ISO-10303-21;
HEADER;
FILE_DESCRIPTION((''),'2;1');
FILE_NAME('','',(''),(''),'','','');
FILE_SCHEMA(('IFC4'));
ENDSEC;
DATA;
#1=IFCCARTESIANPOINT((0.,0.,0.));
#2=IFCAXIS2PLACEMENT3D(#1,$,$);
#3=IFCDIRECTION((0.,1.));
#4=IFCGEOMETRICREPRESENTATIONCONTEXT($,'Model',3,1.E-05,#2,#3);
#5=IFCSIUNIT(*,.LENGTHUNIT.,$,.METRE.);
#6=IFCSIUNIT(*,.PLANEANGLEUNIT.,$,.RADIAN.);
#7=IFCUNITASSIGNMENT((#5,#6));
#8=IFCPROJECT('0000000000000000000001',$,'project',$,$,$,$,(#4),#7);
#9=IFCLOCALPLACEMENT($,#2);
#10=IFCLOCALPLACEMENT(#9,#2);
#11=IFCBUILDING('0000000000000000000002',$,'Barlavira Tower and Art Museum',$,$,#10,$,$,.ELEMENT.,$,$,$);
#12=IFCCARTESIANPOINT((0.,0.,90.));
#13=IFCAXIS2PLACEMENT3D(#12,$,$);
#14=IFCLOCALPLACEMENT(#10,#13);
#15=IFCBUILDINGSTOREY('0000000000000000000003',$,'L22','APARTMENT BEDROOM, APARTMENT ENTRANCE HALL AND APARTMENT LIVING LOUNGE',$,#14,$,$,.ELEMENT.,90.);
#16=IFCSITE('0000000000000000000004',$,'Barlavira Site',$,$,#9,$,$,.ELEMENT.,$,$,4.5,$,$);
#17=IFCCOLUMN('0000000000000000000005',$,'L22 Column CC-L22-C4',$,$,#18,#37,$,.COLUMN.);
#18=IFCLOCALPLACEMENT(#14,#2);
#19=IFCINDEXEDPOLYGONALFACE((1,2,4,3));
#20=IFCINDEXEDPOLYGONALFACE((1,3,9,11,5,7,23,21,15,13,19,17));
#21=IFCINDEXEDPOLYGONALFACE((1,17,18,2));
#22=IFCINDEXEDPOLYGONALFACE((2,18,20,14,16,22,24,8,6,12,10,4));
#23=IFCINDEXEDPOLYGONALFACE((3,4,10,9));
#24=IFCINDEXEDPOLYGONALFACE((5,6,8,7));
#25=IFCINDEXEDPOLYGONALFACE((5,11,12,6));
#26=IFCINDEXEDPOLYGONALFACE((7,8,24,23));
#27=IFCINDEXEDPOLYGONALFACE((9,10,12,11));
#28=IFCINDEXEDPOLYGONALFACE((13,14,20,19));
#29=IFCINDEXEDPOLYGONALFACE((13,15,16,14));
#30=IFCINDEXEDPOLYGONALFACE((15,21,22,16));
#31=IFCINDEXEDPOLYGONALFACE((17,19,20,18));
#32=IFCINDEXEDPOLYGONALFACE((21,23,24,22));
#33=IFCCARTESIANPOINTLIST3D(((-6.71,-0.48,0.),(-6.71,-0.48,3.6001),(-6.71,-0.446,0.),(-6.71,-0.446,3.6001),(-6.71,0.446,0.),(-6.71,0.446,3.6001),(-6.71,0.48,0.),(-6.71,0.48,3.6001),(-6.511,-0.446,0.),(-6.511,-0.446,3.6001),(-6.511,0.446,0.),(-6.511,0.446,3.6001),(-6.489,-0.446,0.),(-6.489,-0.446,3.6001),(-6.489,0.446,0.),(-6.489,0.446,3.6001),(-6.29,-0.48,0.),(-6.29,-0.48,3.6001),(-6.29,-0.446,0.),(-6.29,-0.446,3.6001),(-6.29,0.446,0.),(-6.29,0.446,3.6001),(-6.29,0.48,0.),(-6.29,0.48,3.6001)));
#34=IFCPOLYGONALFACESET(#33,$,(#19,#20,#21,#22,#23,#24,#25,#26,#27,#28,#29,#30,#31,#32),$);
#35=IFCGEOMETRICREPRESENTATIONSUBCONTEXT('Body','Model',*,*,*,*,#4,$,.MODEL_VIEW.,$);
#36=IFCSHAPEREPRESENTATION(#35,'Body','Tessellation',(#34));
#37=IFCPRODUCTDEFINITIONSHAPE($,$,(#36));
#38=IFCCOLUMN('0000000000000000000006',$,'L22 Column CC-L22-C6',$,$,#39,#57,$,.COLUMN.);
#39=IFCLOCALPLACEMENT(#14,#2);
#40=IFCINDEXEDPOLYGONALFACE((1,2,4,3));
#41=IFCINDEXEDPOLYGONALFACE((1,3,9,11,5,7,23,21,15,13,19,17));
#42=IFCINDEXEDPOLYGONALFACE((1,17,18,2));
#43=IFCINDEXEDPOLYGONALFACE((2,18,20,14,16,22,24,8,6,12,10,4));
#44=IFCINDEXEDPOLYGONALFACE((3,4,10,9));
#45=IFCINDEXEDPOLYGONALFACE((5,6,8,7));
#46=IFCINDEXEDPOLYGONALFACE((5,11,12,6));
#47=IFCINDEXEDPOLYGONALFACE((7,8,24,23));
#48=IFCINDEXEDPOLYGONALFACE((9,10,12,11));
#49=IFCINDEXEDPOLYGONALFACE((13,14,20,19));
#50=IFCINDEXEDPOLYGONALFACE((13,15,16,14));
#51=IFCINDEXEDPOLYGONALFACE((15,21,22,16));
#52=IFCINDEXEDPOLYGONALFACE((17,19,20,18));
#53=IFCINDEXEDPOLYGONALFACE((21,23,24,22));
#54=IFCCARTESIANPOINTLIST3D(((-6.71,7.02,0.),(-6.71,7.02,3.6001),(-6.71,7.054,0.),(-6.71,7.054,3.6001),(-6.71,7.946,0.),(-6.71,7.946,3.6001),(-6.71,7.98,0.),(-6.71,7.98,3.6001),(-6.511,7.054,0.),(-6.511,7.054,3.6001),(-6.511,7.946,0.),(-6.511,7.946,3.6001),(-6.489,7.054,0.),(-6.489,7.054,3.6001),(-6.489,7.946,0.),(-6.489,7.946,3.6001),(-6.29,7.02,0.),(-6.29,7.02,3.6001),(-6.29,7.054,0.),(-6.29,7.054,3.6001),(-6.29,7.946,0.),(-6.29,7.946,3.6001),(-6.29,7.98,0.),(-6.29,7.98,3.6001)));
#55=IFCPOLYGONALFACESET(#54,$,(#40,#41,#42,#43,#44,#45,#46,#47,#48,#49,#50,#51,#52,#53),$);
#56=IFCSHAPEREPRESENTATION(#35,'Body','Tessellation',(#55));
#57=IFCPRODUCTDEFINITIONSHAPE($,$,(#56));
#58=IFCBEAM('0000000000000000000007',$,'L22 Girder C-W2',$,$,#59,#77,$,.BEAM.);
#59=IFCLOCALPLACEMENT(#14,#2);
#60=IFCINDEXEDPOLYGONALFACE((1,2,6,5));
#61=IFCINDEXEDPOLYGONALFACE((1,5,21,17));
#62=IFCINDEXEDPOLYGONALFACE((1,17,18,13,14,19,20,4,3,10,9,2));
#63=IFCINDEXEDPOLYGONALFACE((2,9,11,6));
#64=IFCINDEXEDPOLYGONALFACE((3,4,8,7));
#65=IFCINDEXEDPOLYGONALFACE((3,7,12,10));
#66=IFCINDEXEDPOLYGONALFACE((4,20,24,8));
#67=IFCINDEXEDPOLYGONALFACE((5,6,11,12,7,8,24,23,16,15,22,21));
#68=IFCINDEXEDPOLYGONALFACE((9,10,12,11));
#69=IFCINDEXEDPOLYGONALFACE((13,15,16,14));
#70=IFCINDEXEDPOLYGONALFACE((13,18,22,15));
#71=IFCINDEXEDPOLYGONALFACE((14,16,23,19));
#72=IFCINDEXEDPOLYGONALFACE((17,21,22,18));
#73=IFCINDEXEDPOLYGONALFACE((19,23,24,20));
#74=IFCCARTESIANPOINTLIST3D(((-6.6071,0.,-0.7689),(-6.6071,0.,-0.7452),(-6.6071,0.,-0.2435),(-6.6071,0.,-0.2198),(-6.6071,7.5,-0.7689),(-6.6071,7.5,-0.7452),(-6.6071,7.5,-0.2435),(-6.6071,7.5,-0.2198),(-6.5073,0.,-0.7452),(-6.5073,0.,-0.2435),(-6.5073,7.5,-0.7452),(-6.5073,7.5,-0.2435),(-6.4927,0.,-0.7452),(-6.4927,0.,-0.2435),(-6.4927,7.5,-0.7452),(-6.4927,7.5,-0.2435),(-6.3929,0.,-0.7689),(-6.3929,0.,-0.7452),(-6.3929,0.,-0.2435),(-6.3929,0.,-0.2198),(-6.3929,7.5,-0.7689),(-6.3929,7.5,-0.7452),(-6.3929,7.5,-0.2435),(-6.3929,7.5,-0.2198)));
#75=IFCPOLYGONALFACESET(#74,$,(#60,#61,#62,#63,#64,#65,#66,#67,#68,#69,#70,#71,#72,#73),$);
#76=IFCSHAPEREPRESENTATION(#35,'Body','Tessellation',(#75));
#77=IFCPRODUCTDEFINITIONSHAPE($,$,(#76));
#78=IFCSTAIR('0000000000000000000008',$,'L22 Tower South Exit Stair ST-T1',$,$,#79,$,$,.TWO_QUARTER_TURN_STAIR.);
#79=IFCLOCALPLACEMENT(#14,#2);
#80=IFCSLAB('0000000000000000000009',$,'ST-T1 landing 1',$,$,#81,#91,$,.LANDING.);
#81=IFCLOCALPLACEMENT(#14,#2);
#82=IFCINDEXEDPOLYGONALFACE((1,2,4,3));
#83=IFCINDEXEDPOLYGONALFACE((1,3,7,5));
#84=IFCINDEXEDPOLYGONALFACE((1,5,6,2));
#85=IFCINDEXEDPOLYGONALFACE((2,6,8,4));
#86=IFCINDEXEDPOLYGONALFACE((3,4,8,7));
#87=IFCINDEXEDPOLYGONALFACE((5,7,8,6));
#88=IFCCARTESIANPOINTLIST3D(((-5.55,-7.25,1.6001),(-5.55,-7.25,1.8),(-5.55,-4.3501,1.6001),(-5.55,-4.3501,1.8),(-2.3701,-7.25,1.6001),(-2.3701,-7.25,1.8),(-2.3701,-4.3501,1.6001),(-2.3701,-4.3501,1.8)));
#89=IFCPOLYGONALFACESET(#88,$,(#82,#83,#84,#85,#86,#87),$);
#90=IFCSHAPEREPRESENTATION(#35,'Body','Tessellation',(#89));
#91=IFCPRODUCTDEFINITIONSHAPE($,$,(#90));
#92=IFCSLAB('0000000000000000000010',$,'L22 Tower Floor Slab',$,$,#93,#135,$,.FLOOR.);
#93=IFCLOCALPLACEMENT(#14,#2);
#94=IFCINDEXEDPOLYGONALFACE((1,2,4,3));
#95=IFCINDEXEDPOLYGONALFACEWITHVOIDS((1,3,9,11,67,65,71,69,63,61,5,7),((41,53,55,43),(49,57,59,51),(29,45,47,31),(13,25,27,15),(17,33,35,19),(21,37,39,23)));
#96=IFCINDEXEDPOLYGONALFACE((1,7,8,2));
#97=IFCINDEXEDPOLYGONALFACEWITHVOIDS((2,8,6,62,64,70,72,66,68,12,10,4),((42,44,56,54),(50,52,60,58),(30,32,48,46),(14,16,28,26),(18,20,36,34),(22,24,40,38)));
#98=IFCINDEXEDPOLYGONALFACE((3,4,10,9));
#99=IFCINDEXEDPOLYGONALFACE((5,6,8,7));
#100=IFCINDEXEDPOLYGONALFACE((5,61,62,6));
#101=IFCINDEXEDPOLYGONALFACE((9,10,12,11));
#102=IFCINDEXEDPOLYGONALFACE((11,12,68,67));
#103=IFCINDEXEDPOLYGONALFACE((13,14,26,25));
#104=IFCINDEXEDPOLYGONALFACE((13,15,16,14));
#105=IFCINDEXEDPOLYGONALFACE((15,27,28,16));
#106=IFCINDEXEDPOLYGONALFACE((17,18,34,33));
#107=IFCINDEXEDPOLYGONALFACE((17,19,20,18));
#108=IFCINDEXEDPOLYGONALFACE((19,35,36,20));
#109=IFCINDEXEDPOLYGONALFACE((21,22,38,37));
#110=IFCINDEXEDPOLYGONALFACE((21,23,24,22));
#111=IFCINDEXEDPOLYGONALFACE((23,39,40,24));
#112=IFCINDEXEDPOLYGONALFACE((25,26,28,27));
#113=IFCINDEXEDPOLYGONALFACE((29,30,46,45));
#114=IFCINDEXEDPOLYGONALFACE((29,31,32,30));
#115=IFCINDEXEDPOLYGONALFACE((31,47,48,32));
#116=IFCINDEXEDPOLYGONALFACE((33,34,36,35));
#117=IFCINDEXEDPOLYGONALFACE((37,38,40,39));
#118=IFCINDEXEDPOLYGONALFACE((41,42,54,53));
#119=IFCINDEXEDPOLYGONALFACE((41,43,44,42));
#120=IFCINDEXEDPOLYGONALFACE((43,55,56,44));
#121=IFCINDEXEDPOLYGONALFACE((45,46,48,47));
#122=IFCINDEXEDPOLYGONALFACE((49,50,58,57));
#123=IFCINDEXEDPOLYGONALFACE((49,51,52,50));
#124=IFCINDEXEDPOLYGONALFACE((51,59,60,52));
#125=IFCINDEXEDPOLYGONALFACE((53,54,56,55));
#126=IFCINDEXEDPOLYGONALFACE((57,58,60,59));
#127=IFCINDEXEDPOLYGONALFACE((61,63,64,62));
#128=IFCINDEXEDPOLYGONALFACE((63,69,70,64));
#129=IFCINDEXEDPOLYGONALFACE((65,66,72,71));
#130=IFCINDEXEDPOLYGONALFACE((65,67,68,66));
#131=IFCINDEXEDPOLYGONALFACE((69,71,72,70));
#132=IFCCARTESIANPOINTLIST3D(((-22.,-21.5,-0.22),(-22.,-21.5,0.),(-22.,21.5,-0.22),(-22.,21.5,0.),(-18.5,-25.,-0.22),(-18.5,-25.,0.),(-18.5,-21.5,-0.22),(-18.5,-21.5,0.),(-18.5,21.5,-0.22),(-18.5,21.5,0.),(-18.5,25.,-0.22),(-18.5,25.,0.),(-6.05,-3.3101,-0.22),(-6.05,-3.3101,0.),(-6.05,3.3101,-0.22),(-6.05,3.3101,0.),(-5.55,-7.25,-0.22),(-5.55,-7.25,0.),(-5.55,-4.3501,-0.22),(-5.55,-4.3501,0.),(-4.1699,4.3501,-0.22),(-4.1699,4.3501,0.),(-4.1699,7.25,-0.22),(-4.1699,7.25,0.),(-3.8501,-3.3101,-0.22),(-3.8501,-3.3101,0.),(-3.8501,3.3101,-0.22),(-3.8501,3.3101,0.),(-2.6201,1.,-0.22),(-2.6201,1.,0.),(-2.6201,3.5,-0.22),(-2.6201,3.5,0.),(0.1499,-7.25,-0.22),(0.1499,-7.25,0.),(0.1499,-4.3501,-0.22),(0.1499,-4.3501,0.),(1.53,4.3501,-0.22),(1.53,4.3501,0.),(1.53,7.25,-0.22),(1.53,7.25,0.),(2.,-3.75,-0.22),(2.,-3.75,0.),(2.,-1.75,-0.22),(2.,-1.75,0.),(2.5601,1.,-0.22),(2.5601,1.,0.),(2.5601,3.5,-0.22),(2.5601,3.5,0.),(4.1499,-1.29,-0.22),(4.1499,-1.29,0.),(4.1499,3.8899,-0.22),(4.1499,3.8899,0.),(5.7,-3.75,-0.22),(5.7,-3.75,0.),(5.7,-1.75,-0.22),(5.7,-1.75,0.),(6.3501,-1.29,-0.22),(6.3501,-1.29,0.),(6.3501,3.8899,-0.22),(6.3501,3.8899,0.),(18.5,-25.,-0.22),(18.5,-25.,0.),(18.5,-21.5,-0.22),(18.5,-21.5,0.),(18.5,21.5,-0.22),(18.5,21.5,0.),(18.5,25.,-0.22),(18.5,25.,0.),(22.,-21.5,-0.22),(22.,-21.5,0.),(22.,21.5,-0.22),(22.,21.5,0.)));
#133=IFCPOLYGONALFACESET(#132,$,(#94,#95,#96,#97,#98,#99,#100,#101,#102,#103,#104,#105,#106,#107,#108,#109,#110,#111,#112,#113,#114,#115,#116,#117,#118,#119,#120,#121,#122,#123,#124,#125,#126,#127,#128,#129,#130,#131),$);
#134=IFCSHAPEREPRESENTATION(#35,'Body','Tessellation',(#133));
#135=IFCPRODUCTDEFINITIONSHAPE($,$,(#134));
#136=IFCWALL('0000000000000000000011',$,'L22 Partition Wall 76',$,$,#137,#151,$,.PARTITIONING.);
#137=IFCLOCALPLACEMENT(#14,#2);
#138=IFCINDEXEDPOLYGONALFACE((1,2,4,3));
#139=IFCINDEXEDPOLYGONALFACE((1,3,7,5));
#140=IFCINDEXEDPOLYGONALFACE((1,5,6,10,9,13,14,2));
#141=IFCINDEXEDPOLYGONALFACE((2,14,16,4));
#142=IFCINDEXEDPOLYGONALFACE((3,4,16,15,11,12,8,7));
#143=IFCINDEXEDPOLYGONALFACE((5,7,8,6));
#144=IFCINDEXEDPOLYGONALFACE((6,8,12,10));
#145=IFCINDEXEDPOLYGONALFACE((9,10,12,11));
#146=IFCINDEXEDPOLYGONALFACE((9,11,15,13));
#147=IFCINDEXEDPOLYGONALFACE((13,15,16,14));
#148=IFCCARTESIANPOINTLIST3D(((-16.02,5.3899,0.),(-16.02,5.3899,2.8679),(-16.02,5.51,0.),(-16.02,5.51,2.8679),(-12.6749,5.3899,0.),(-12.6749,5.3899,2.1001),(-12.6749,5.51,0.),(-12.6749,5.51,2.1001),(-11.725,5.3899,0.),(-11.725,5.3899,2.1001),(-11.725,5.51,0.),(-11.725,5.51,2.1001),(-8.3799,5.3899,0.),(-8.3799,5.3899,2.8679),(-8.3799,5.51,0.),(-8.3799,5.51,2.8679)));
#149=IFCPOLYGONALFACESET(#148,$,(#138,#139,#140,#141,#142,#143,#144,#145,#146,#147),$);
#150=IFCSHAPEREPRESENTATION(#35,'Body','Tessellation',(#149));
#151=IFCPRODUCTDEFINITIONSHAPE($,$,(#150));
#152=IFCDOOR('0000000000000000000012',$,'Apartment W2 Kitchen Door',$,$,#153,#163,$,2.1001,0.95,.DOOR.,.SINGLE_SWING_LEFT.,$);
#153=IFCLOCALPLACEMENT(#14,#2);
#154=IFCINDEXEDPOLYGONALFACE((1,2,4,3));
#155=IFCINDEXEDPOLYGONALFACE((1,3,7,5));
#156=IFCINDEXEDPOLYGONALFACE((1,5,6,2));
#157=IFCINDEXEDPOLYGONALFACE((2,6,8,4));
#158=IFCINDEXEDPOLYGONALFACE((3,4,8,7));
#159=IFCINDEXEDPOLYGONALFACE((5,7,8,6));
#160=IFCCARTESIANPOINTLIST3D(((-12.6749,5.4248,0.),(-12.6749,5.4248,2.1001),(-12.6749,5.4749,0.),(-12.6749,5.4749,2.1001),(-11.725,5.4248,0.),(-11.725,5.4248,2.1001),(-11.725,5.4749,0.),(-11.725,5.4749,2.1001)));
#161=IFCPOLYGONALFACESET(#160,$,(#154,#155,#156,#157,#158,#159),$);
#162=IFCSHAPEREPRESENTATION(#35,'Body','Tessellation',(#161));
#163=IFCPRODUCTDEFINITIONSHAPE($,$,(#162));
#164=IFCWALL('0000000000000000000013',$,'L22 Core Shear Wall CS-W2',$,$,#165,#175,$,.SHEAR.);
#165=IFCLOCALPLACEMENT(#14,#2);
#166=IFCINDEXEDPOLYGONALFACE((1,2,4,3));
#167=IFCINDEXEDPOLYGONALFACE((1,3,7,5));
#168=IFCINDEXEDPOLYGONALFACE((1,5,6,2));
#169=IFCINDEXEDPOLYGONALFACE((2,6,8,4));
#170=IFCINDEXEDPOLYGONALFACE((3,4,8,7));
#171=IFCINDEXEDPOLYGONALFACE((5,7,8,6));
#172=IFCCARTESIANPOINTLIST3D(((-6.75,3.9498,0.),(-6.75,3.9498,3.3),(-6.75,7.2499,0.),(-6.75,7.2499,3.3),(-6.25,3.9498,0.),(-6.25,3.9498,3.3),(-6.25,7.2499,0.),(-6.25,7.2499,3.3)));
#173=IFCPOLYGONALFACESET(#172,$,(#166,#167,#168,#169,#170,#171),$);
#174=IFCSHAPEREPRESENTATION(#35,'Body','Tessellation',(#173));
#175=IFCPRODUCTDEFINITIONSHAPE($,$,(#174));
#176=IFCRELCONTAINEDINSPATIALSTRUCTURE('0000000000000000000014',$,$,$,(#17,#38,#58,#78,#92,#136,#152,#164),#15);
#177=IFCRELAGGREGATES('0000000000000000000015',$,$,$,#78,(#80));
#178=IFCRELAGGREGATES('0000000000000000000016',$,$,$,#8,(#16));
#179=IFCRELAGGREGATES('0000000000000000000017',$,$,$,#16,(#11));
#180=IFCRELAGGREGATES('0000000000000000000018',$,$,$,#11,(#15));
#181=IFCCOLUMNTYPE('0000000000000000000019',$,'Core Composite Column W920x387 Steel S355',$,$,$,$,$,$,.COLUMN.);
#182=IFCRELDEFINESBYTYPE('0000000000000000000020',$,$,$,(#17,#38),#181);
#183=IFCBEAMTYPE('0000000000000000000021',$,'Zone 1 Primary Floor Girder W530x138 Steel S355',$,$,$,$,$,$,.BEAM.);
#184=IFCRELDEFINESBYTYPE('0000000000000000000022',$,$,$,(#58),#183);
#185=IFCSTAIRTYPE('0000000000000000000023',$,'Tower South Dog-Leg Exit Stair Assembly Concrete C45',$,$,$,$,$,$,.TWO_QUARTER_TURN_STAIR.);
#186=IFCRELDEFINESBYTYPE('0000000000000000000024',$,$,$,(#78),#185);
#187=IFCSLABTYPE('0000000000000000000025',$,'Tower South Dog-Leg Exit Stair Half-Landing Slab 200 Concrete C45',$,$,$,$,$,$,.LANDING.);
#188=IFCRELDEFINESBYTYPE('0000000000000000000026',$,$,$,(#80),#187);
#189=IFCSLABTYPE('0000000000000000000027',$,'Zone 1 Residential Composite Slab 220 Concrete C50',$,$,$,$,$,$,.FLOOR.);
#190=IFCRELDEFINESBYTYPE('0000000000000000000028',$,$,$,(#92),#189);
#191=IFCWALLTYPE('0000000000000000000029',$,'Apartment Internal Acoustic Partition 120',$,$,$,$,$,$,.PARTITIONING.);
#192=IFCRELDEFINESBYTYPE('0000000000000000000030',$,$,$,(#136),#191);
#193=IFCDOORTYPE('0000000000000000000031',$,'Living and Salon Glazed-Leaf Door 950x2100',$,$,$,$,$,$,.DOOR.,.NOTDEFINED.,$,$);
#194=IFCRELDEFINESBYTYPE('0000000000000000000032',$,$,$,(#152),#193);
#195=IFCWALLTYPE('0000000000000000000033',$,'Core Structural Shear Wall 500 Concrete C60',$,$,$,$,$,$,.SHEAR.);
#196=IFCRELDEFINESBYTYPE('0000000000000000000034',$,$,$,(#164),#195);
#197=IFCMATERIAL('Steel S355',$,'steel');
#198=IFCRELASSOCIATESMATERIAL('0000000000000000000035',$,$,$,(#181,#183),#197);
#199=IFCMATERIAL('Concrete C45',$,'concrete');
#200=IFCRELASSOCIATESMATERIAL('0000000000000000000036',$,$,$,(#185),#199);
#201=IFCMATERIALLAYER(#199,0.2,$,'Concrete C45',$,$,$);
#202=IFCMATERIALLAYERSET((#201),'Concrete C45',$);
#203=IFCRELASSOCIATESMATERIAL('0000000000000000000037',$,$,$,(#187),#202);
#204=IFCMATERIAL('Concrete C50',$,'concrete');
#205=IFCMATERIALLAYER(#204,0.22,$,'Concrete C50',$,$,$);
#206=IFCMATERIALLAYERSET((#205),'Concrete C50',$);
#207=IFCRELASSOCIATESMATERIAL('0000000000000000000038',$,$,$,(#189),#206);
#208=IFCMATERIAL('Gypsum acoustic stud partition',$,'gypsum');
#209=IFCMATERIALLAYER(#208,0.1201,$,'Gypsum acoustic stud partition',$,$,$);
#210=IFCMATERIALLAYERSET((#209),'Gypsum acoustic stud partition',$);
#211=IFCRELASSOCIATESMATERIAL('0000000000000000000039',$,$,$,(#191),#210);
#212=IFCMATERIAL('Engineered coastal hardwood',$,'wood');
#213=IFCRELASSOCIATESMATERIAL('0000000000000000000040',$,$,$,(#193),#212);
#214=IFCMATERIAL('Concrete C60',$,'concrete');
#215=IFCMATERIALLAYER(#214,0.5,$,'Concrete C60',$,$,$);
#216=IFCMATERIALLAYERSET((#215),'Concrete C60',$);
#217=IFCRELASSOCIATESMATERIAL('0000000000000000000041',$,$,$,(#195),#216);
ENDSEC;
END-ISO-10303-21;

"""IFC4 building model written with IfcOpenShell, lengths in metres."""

from ifc_helpers import new_model, si_unit, direction, frame, frame_2d, origin, origin_2d, place, context, subcontext, project, spatial, polyline, rectangle, i_section, outline, extrude, material, layer, layer_set, material_profile, profile_set, type_object, element, fill, aggregate, save


model = new_model("IFC4")

# Units and contexts
model_context = context("Model", 3, precision=1e-05, world=origin(), true_north=direction((0.0, 1.0)))
body_context = subcontext(model_context, "Body", "Model", "MODEL_VIEW")
ifc_project = project(units=[si_unit("LENGTHUNIT", "METRE"), si_unit("PLANEANGLEUNIT", "RADIAN")], contexts=[model_context])

# Site, building, storey
site_placement = place(None, origin())
site = spatial("IfcSite", under=ifc_project, at=site_placement, Name="Barlavira Site", CompositionType="ELEMENT", RefElevation=4.5)
building_placement = place(site_placement, origin())
building = spatial("IfcBuilding", under=site, at=building_placement, Name="Barlavira Tower and Art Museum", CompositionType="ELEMENT")
storey_placement = place(building_placement, frame((0.0, 0.0, 90.0)))
storey = spatial("IfcBuildingStorey", under=building, at=storey_placement, Name="L22", Description="APARTMENT BEDROOM, APARTMENT ENTRANCE HALL AND APARTMENT LIVING LOUNGE", CompositionType="ELEMENT", Elevation=90.0)

# Columns
ifc_material_1 = material(Name="Steel S355", Category="steel")
ifc_material_profile_1 = material_profile(ifc_material_1, i_section(OverallWidth=0.4199, OverallDepth=0.96, WebThickness=0.022, FlangeThickness=0.0339, at=origin_2d()), Name="W920x387.0")
ifc_profile_set_1 = profile_set([ifc_material_profile_1], Name="Steel S355")
column_type = type_object("IfcColumnType", Name="Core Composite Column W920x387 Steel S355", PredefinedType="COLUMN", material=ifc_profile_set_1)
for number, where, z_axis, x_axis, name in (
    (1, (-6.5, 0.0, 0.0), (0.0, 0.0, 1.0), (1.0, 0.0, 0.0), "L22 Column CC-L22-C4"),
    (2, (-6.5, 7.5, 0.0), (0.0, 0.0, 1.0), (1.0, 0.0, 0.0), "L22 Column CC-L22-C6"),
):
    element("IfcColumn", number, at=place(storey_placement, frame(where, z_axis=z_axis, x_axis=x_axis)), inside=storey, type_object=column_type, Name=name, PredefinedType="COLUMN", context=body_context, shape_type="SweptSolid", body=[
        extrude(i_section(OverallWidth=0.4199, OverallDepth=0.96, WebThickness=0.022, FlangeThickness=0.0339, at=origin_2d()), origin(), (0.0, 0.0, 1.0), 3.6001),
    ])

# Beam
ifc_material_profile_2 = material_profile(ifc_material_1, i_section(OverallWidth=0.2141, OverallDepth=0.5491, WebThickness=0.0146, FlangeThickness=0.0237, at=origin_2d()), Name="W530x138.0")
ifc_profile_set_2 = profile_set([ifc_material_profile_2], Name="Steel S355")
beam_type = type_object("IfcBeamType", Name="Zone 1 Primary Floor Girder W530x138 Steel S355", PredefinedType="BEAM", material=ifc_profile_set_2)
beam_placement = place(storey_placement, frame((-6.5, 0.0, -0.4944), z_axis=(0.0, 1.0, 0.0), x_axis=(-1.0, 0.0, 0.0)))
element("IfcBeam", 3, at=beam_placement, inside=storey, type_object=beam_type, Name="L22 Girder C-W2", PredefinedType="BEAM", context=body_context, shape_type="SweptSolid", body=[
    extrude(i_section(OverallWidth=0.2141, OverallDepth=0.5491, WebThickness=0.0146, FlangeThickness=0.0237, at=origin_2d()), origin(), (0.0, 0.0, 1.0), 7.5),
])

# Stair, slab
ifc_material_2 = material(Name="Concrete C45", Category="concrete")
stair_type_1 = type_object("IfcStairType", Name="Tower South Dog-Leg Exit Stair Assembly Concrete C45", PredefinedType="TWO_QUARTER_TURN_STAIR", material=ifc_material_2)
stair_1_placement = place(storey_placement, origin())
stair_1 = element("IfcStair", 4, at=stair_1_placement, inside=storey, type_object=stair_type_1, Name="L22 Tower South Exit Stair ST-T1", PredefinedType="TWO_QUARTER_TURN_STAIR")
ifc_layer_1 = layer(ifc_material_2, 0.2, Name="Concrete C45")
ifc_layer_set_1 = layer_set([ifc_layer_1], Name="Concrete C45")
slab_type_1 = type_object("IfcSlabType", Name="Tower South Dog-Leg Exit Stair Half-Landing Slab 200 Concrete C45", PredefinedType="LANDING", material=ifc_layer_set_1)
slab_1_placement = place(storey_placement, frame((0.0, 0.0, 1.6001)))
slab_1 = element("IfcSlab", 5, at=slab_1_placement, type_object=slab_type_1, Name="ST-T1 landing 1", PredefinedType="LANDING", context=body_context, shape_type="SweptSolid", body=[
    extrude(outline(polyline([(-2.3701, -4.3501), (-5.55, -4.3501), (-5.55, -7.25), (-2.3701, -7.25), (-2.3701, -4.3501)])), origin(), (0.0, 0.0, 1.0), 0.2),
])
aggregate(stair_1, [slab_1])

# Slab
ifc_material_3 = material(Name="Concrete C50", Category="concrete")
ifc_layer_2 = layer(ifc_material_3, 0.22, Name="Concrete C50")
ifc_layer_set_2 = layer_set([ifc_layer_2], Name="Concrete C50")
slab_type_2 = type_object("IfcSlabType", Name="Zone 1 Residential Composite Slab 220 Concrete C50", PredefinedType="FLOOR", material=ifc_layer_set_2)
slab_2_placement = place(storey_placement, frame((0.0, 0.0, -0.22)))
element("IfcSlab", 6, at=slab_2_placement, inside=storey, type_object=slab_type_2, Name="L22 Tower Floor Slab", PredefinedType="FLOOR", context=body_context, shape_type="SweptSolid", body=[
    extrude(outline(polyline([(-18.5, -25.0), (18.5, -25.0), (18.5, -21.5), (22.0, -21.5), (22.0, 21.5), (18.5, 21.5), (18.5, 25.0), (-18.5, 25.0), (-18.5, 21.5), (-22.0, 21.5), (-22.0, -21.5), (-18.5, -21.5), (-18.5, -25.0)]), holes=[polyline([(0.1499, -4.3501), (-5.55, -4.3501), (-5.55, -7.25), (0.1499, -7.25), (0.1499, -4.3501)]), polyline([(-4.1699, 4.3501), (1.53, 4.3501), (1.53, 7.25), (-4.1699, 7.25), (-4.1699, 4.3501)]), polyline([(-6.05, -3.3101), (-3.8501, -3.3101), (-3.8501, 3.3101), (-6.05, 3.3101), (-6.05, -3.3101)]), polyline([(4.1499, -1.29), (6.3501, -1.29), (6.3501, 3.8899), (4.1499, 3.8899), (4.1499, -1.29)]), polyline([(-2.6201, 1.0), (2.5601, 1.0), (2.5601, 3.5), (-2.6201, 3.5), (-2.6201, 1.0)]), polyline([(2.0, -3.75), (5.7, -3.75), (5.7, -1.75), (2.0, -1.75), (2.0, -3.75)])]), origin(), (0.0, 0.0, 1.0), 0.22),
])

# Wall, opening, door
ifc_material_4 = material(Name="Gypsum acoustic stud partition", Category="gypsum")
ifc_layer_3 = layer(ifc_material_4, 0.1201, Name="Gypsum acoustic stud partition")
ifc_layer_set_3 = layer_set([ifc_layer_3], Name="Gypsum acoustic stud partition")
wall_type_1 = type_object("IfcWallType", Name="Apartment Internal Acoustic Partition 120", PredefinedType="PARTITIONING", material=ifc_layer_set_3)
wall_1_placement = place(storey_placement, frame((-16.02, 5.45, 0.0), z_axis=(0.0, 0.0, 1.0), x_axis=(1.0, 0.0, 0.0)))
wall_1 = element("IfcWall", 7, at=wall_1_placement, inside=storey, type_object=wall_type_1, Name="L22 Partition Wall 76", PredefinedType="PARTITIONING", context=body_context, shape_type="SweptSolid", body=[
    extrude(rectangle(XDim=7.6401, YDim=0.1201, at=frame_2d((3.8201, 0.0))), origin(), (0.0, 0.0, 1.0), 2.8679),
])
opening_1_placement = place(wall_1_placement, frame((3.345, 0.0, 0.0)))
opening_1 = element("IfcOpeningElement", 8, at=opening_1_placement, cuts=wall_1, PredefinedType="OPENING", context=body_context, shape_type="SweptSolid", body=[
    extrude(rectangle(XDim=0.95, YDim=2.1001, at=frame_2d((0.4751, 1.05))), frame((0.0, 0.0701, 0.0), z_axis=(0.0, -1.0, 0.0), x_axis=(1.0, 0.0, 0.0)), (0.0, 0.0, 1.0), 0.1401),
])
ifc_material_5 = material(Name="Engineered coastal hardwood", Category="wood")
door_type_1 = type_object("IfcDoorType", Name="Living and Salon Glazed-Leaf Door 950x2100", OperationType="NOTDEFINED", PredefinedType="DOOR", material=ifc_material_5)
door_1_placement = place(opening_1_placement, origin())
door_1 = element("IfcDoor", 9, at=door_1_placement, inside=storey, type_object=door_type_1, Name="Apartment W2 Kitchen Door", OperationType="SINGLE_SWING_LEFT", OverallHeight=2.1001, OverallWidth=0.95, PredefinedType="DOOR", context=body_context, shape_type="SweptSolid", body=[
    extrude(rectangle(XDim=0.95, YDim=2.1001, at=frame_2d((0.4751, 1.05))), frame((0.0, 0.0249, 0.0), z_axis=(0.0, -1.0, 0.0), x_axis=(1.0, 0.0, 0.0)), (0.0, 0.0, 1.0), 0.05),
])
fill(opening_1, door_1)
ifc_material_6 = material(Name="Concrete C60", Category="concrete")
ifc_layer_4 = layer(ifc_material_6, 0.5, Name="Concrete C60")
ifc_layer_set_4 = layer_set([ifc_layer_4], Name="Concrete C60")
wall_type_2 = type_object("IfcWallType", Name="Core Structural Shear Wall 500 Concrete C60", PredefinedType="SHEAR", material=ifc_layer_set_4)

# Wall
wall_2_placement = place(storey_placement, frame((-6.5, 3.95, 0.0), z_axis=(0.0, 0.0, 1.0), x_axis=(0.0, 1.0, 0.0)))
element("IfcWall", 10, at=wall_2_placement, inside=storey, type_object=wall_type_2, Name="L22 Core Shear Wall CS-W2", PredefinedType="SHEAR", context=body_context, shape_type="SweptSolid", body=[
    extrude(rectangle(XDim=3.3, YDim=0.5, at=frame_2d((1.6499, 0.0))), origin(), (0.0, 0.0, 1.0), 3.3),
])

save(model, "model.ifc")
